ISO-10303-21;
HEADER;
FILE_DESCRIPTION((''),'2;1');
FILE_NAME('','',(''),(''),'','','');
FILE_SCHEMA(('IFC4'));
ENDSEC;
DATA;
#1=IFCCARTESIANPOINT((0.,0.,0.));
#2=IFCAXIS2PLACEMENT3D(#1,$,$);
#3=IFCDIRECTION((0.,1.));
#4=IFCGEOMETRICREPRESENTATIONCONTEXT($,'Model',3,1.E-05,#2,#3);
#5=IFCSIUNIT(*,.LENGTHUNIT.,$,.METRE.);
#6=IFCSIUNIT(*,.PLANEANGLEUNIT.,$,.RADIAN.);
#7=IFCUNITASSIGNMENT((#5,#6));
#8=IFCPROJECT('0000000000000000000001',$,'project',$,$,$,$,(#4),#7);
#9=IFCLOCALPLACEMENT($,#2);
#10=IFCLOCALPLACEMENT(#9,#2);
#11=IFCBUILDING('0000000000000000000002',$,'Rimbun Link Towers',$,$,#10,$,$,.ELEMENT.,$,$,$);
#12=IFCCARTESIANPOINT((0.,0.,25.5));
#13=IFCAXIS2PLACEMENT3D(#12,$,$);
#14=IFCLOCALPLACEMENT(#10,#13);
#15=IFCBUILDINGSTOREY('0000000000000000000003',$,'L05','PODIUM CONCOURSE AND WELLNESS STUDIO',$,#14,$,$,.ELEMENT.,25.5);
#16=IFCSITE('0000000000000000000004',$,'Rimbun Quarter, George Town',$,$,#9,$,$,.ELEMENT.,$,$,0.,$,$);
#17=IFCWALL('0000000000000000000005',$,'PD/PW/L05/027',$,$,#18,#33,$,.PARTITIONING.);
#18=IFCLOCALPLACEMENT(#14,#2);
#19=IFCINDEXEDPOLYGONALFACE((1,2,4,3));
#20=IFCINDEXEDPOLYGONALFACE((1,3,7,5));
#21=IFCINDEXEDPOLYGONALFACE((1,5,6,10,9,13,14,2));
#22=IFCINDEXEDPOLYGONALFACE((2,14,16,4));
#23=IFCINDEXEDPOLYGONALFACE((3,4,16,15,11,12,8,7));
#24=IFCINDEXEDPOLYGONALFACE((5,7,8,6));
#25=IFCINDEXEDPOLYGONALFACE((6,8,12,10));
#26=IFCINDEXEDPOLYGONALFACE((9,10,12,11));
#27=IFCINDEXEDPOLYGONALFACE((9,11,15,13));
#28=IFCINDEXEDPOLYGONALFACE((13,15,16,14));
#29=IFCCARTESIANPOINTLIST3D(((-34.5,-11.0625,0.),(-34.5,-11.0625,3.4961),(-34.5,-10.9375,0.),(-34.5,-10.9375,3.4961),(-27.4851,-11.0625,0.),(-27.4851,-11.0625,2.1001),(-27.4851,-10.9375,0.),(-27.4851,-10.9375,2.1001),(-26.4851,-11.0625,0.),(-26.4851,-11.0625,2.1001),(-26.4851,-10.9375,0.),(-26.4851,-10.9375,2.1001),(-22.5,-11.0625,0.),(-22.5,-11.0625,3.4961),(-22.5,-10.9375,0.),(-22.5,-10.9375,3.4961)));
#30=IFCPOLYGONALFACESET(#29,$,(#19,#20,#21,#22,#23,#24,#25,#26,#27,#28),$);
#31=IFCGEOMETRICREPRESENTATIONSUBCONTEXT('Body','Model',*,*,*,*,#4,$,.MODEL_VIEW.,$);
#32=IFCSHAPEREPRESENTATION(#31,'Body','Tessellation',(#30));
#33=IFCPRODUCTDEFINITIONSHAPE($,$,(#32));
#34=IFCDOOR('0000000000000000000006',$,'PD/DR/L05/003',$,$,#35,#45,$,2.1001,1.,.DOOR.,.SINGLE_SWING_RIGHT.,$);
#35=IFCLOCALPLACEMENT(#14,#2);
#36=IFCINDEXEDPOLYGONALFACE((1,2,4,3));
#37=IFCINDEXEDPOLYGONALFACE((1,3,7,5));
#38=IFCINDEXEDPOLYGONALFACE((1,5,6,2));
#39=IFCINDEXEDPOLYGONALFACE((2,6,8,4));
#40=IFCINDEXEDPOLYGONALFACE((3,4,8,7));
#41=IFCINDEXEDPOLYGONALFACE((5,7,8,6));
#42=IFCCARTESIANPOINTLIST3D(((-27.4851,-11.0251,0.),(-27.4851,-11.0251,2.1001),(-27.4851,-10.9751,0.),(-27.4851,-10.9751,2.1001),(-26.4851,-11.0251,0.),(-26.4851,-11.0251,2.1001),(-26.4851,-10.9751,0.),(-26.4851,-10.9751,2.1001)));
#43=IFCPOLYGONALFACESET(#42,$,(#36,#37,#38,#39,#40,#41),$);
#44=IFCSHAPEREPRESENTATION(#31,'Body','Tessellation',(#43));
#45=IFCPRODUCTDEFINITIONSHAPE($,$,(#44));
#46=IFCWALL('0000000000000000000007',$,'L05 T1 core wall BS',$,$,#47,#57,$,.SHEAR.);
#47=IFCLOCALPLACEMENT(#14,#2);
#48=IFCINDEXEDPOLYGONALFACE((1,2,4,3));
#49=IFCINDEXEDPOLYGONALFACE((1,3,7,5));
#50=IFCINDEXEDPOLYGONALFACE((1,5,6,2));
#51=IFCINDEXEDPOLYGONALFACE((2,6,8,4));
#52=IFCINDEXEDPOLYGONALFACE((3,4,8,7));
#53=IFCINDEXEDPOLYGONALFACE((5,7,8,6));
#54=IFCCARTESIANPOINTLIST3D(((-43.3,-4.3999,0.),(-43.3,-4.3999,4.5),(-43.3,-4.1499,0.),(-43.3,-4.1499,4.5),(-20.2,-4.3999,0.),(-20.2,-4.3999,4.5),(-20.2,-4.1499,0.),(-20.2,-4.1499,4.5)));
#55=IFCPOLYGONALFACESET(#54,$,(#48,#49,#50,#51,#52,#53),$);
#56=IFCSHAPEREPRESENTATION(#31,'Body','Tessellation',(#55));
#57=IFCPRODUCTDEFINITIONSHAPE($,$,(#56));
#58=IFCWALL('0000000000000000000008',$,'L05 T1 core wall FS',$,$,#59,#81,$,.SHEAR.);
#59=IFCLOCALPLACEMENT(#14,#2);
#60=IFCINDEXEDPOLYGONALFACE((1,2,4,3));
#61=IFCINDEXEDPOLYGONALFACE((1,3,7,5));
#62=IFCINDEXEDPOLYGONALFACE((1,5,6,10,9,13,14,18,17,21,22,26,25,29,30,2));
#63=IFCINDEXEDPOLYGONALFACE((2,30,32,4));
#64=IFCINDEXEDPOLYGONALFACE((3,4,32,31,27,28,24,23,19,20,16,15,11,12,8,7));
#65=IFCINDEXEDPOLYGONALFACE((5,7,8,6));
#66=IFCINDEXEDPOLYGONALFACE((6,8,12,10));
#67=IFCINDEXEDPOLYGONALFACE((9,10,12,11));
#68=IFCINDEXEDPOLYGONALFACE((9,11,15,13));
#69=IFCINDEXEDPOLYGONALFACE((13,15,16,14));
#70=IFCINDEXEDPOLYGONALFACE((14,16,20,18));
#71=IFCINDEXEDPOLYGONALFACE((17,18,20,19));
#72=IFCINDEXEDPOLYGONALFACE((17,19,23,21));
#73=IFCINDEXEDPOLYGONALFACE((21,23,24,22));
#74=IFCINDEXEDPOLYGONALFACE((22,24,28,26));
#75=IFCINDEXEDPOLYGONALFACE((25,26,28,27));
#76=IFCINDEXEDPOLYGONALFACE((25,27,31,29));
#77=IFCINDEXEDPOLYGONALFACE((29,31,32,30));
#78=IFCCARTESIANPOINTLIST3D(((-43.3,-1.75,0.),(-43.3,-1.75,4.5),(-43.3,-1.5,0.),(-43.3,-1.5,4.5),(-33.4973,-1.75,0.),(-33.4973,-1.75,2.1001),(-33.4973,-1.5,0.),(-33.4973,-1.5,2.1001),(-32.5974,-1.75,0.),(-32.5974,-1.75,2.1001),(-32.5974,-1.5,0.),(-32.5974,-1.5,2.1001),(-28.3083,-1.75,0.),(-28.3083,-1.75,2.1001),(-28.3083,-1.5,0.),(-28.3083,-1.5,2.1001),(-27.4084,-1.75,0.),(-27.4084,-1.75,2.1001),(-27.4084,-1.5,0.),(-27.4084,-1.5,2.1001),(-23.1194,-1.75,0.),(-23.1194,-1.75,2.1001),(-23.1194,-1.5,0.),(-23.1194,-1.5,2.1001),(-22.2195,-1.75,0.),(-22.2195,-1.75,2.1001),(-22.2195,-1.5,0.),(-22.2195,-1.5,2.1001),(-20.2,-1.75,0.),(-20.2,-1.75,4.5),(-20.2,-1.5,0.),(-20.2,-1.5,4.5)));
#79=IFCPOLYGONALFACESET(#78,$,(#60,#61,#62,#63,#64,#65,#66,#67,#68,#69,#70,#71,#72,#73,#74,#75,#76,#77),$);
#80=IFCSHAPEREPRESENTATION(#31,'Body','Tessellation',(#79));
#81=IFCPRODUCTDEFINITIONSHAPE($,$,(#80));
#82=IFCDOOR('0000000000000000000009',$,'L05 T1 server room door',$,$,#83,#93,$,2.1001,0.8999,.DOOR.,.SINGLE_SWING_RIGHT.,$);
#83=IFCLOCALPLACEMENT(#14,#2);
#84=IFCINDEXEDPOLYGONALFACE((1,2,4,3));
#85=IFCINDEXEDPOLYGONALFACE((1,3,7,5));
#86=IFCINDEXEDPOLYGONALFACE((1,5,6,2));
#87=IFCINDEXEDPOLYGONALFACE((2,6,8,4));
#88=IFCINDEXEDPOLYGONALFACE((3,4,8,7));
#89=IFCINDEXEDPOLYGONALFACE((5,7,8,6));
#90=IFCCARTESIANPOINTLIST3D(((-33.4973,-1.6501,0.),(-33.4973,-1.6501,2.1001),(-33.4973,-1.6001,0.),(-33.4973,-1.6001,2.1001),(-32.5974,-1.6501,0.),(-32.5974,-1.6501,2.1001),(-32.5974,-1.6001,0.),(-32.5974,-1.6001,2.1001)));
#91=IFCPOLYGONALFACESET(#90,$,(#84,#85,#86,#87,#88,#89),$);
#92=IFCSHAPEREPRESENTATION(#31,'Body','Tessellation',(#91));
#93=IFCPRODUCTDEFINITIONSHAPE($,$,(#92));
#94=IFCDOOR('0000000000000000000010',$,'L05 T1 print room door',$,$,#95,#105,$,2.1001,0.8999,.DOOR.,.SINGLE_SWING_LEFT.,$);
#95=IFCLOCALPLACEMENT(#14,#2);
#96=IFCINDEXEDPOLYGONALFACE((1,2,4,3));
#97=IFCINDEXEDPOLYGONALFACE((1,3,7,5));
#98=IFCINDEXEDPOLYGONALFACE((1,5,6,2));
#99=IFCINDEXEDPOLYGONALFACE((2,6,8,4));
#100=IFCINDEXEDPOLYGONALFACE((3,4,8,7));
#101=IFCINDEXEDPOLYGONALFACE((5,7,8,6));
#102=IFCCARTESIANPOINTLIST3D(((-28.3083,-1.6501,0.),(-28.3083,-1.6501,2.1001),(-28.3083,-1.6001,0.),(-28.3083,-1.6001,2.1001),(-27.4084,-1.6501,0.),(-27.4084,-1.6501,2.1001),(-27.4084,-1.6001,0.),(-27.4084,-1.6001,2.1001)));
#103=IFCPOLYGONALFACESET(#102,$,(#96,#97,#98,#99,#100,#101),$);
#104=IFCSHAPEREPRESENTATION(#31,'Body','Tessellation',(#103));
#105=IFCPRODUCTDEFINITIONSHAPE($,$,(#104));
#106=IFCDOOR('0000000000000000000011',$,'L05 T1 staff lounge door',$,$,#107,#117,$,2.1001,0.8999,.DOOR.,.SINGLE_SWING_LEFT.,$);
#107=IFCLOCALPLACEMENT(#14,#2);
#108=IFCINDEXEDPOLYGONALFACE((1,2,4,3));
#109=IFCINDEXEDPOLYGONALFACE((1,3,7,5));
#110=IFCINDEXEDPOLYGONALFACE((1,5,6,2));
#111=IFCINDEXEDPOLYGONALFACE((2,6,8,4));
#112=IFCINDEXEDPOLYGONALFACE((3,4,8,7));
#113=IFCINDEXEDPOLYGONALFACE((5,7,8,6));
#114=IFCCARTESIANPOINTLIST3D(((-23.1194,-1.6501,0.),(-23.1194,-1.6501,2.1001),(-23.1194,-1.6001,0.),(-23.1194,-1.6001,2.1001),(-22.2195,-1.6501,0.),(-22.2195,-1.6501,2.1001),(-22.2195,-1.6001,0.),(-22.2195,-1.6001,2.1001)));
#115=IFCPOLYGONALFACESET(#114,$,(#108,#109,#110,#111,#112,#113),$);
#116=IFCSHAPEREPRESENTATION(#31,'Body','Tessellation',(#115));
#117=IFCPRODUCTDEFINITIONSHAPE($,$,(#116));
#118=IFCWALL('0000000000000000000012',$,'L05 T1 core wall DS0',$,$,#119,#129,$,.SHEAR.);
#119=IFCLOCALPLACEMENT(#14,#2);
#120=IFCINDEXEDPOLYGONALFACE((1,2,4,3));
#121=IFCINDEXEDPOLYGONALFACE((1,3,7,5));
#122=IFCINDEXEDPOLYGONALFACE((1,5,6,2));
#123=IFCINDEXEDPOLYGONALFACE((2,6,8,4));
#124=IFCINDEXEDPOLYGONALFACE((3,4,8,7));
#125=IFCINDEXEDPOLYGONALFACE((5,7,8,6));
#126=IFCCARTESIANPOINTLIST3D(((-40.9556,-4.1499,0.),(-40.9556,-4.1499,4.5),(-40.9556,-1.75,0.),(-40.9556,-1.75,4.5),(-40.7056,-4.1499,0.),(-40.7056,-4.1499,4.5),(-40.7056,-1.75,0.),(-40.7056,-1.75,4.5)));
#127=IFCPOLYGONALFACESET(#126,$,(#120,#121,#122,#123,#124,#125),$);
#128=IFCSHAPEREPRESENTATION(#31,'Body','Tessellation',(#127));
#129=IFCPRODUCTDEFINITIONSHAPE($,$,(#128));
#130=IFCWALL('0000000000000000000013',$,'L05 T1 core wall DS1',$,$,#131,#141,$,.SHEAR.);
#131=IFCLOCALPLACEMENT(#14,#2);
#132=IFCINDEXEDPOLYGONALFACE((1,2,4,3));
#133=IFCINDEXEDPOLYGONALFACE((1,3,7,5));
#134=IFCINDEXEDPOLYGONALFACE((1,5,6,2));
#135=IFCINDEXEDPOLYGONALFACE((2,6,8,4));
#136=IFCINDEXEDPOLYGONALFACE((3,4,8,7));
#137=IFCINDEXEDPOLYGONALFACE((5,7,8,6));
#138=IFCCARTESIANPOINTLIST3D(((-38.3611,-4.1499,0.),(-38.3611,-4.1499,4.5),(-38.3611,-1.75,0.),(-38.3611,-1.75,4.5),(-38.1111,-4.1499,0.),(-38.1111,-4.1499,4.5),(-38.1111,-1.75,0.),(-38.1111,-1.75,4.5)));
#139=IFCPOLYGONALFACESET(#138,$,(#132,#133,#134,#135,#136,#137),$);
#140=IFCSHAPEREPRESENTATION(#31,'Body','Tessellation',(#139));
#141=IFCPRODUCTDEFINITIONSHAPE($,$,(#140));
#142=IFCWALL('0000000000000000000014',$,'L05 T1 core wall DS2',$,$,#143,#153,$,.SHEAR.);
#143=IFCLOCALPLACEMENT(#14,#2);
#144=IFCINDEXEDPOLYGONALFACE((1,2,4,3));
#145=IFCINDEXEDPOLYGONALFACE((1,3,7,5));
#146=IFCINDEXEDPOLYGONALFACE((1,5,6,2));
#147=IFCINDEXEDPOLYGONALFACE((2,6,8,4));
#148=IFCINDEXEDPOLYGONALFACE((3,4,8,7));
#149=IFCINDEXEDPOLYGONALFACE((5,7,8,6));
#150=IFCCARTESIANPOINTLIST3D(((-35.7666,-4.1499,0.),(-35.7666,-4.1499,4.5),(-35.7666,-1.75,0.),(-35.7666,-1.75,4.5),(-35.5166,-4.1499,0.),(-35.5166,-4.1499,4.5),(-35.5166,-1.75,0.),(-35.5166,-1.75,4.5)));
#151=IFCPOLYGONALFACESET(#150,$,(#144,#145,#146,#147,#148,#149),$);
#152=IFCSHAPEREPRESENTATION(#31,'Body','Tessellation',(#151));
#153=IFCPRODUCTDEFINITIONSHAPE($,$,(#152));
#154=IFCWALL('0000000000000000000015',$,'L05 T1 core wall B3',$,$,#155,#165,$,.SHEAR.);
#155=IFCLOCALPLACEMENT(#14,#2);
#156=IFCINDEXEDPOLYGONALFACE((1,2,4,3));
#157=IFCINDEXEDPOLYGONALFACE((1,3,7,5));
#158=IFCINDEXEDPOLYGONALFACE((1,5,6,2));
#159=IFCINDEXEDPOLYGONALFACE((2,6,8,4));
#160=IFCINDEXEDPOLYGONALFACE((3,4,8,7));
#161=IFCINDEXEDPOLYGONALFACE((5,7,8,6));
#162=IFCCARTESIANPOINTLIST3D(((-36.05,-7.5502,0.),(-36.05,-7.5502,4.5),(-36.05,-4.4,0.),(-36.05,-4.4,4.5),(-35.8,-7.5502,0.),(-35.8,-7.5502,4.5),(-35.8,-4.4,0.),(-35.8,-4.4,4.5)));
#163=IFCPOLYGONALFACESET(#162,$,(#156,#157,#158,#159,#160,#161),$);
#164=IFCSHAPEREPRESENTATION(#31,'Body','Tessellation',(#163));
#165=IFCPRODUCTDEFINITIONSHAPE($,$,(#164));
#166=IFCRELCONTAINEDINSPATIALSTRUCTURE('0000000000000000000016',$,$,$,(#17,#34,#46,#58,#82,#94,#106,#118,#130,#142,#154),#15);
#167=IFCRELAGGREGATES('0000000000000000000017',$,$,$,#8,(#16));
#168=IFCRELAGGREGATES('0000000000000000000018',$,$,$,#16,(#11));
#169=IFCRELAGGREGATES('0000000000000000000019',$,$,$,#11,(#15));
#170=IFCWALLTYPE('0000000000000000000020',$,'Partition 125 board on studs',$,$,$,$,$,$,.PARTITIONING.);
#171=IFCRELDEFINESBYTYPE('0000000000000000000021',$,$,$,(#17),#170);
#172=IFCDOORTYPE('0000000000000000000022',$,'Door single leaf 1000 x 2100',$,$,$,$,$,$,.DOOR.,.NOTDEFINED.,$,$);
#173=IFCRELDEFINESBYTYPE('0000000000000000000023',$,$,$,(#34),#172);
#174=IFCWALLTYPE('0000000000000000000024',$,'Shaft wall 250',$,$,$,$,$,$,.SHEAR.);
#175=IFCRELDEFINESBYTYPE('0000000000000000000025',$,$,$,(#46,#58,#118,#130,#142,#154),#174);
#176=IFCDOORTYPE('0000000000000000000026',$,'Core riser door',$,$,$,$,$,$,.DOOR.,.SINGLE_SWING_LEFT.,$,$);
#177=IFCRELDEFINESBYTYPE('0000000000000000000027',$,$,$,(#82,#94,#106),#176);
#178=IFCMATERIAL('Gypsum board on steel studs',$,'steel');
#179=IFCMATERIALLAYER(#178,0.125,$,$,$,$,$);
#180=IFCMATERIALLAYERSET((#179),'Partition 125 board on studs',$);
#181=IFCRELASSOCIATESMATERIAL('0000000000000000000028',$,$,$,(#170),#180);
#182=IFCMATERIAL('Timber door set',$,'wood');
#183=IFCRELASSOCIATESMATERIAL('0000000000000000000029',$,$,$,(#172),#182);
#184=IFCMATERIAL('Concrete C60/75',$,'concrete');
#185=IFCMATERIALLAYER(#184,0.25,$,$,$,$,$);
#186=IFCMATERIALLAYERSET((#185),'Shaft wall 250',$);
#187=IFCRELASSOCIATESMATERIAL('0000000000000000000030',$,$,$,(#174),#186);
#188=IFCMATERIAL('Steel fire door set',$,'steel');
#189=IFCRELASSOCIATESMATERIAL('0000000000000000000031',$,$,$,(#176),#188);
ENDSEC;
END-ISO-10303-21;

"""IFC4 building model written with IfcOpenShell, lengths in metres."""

from ifc_helpers import new_model, si_unit, direction, frame, frame_2d, origin, place, context, subcontext, project, spatial, rectangle, extrude, material, layer, layer_set, type_object, element, fill, save


model = new_model("IFC4")

# Units and contexts
model_context = context("Model", 3, precision=1e-05, world=origin(), true_north=direction((0.0, 1.0)))
body_context = subcontext(model_context, "Body", "Model", "MODEL_VIEW")
ifc_project = project(units=[si_unit("LENGTHUNIT", "METRE"), si_unit("PLANEANGLEUNIT", "RADIAN")], contexts=[model_context])

# Site, building, storey
site_placement = place(None, origin())
site = spatial("IfcSite", under=ifc_project, at=site_placement, Name="Rimbun Quarter, George Town", CompositionType="ELEMENT", RefElevation=0.0)
building_placement = place(site_placement, origin())
building = spatial("IfcBuilding", under=site, at=building_placement, Name="Rimbun Link Towers", CompositionType="ELEMENT")
storey_placement = place(building_placement, frame((0.0, 0.0, 25.5)))
storey = spatial("IfcBuildingStorey", under=building, at=storey_placement, Name="L05", Description="PODIUM CONCOURSE AND WELLNESS STUDIO", CompositionType="ELEMENT", Elevation=25.5)

# Wall, opening, door
ifc_material_1 = material(Name="Gypsum board on steel studs", Category="steel")
ifc_layer_1 = layer(ifc_material_1, 0.125)
ifc_layer_set_1 = layer_set([ifc_layer_1], Name="Partition 125 board on studs")
wall_type_1 = type_object("IfcWallType", Name="Partition 125 board on studs", PredefinedType="PARTITIONING", material=ifc_layer_set_1)
ifc_material_2 = material(Name="Timber door set", Category="wood")
door_type_1 = type_object("IfcDoorType", Name="Door single leaf 1000 x 2100", OperationType="NOTDEFINED", PredefinedType="DOOR", material=ifc_material_2)
wall_1_placement = place(storey_placement, frame((-34.5, -11.0, 0.0), z_axis=(0.0, 0.0, 1.0), x_axis=(1.0, 0.0, 0.0)))
wall_1 = element("IfcWall", 1, at=wall_1_placement, inside=storey, type_object=wall_type_1, Name="PD/PW/L05/027", PredefinedType="PARTITIONING", context=body_context, shape_type="SweptSolid", body=[
    extrude(rectangle(XDim=12.0, YDim=0.125, at=frame_2d((6.0, 0.0))), origin(), (0.0, 0.0, 1.0), 3.4961),
])
opening_1_placement = place(wall_1_placement, frame((7.0149, 0.0, 0.0)))
opening_1 = element("IfcOpeningElement", 2, at=opening_1_placement, cuts=wall_1, PredefinedType="OPENING", context=body_context, shape_type="SweptSolid", body=[
    extrude(rectangle(XDim=1.0, YDim=2.1001, at=frame_2d((0.5, 1.05))), frame((0.0, 0.0725, 0.0), z_axis=(0.0, -1.0, 0.0), x_axis=(1.0, 0.0, 0.0)), (0.0, 0.0, 1.0), 0.145),
])
door_1_placement = place(opening_1_placement, origin())
door_1 = element("IfcDoor", 3, at=door_1_placement, inside=storey, type_object=door_type_1, Name="PD/DR/L05/003", OperationType="SINGLE_SWING_RIGHT", OverallHeight=2.1001, OverallWidth=1.0, PredefinedType="DOOR", context=body_context, shape_type="SweptSolid", body=[
    extrude(rectangle(XDim=1.0, YDim=2.1001, at=frame_2d((0.5, 1.05))), frame((0.0, 0.0249, 0.0), z_axis=(0.0, -1.0, 0.0), x_axis=(1.0, 0.0, 0.0)), (0.0, 0.0, 1.0), 0.05),
])
fill(opening_1, door_1)

# Wall
ifc_material_3 = material(Name="Concrete C60/75", Category="concrete")
ifc_layer_2 = layer(ifc_material_3, 0.25)
ifc_layer_set_2 = layer_set([ifc_layer_2], Name="Shaft wall 250")
wall_type_2 = type_object("IfcWallType", Name="Shaft wall 250", PredefinedType="SHEAR", material=ifc_layer_set_2)
wall_2_placement = place(storey_placement, frame((-43.3, -4.2749, 0.0), z_axis=(0.0, 0.0, 1.0), x_axis=(1.0, 0.0, 0.0)))
element("IfcWall", 4, at=wall_2_placement, inside=storey, type_object=wall_type_2, Name="L05 T1 core wall BS", PredefinedType="SHEAR", context=body_context, shape_type="SweptSolid", body=[
    extrude(rectangle(XDim=23.1001, YDim=0.25, at=frame_2d((11.55, 0.0))), origin(), (0.0, 0.0, 1.0), 4.5),
])

# Wall, openings, doors
wall_3_placement = place(storey_placement, frame((-43.3, -1.625, 0.0), z_axis=(0.0, 0.0, 1.0), x_axis=(1.0, 0.0, 0.0)))
wall_3 = element("IfcWall", 5, at=wall_3_placement, inside=storey, type_object=wall_type_2, Name="L05 T1 core wall FS", PredefinedType="SHEAR", context=body_context, shape_type="SweptSolid", body=[
    extrude(rectangle(XDim=23.1001, YDim=0.25, at=frame_2d((11.55, 0.0))), origin(), (0.0, 0.0, 1.0), 4.5),
])
opening_2_placement = place(wall_3_placement, frame((9.8027, 0.0, 0.0)))
opening_2 = element("IfcOpeningElement", 6, at=opening_2_placement, cuts=wall_3, PredefinedType="OPENING", context=body_context, shape_type="SweptSolid", body=[
    extrude(rectangle(XDim=0.8999, YDim=2.1001, at=frame_2d((0.45, 1.05))), frame((0.0, 0.135, 0.0), z_axis=(0.0, -1.0, 0.0), x_axis=(1.0, 0.0, 0.0)), (0.0, 0.0, 1.0), 0.27),
])
opening_3_placement = place(wall_3_placement, frame((14.9917, 0.0, 0.0)))
opening_3 = element("IfcOpeningElement", 7, at=opening_3_placement, cuts=wall_3, PredefinedType="OPENING", context=body_context, shape_type="SweptSolid", body=[
    extrude(rectangle(XDim=0.8999, YDim=2.1001, at=frame_2d((0.45, 1.05))), frame((0.0, 0.135, 0.0), z_axis=(0.0, -1.0, 0.0), x_axis=(1.0, 0.0, 0.0)), (0.0, 0.0, 1.0), 0.27),
])
opening_4_placement = place(wall_3_placement, frame((20.1807, 0.0, 0.0)))
opening_4 = element("IfcOpeningElement", 8, at=opening_4_placement, cuts=wall_3, PredefinedType="OPENING", context=body_context, shape_type="SweptSolid", body=[
    extrude(rectangle(XDim=0.8999, YDim=2.1001, at=frame_2d((0.45, 1.05))), frame((0.0, 0.135, 0.0), z_axis=(0.0, -1.0, 0.0), x_axis=(1.0, 0.0, 0.0)), (0.0, 0.0, 1.0), 0.27),
])
ifc_material_4 = material(Name="Steel fire door set", Category="steel")
door_type_2 = type_object("IfcDoorType", Name="Core riser door", OperationType="SINGLE_SWING_LEFT", PredefinedType="DOOR", material=ifc_material_4)
door_2_placement = place(opening_2_placement, origin())
door_2 = element("IfcDoor", 9, at=door_2_placement, inside=storey, type_object=door_type_2, Name="L05 T1 server room door", OperationType="SINGLE_SWING_RIGHT", OverallHeight=2.1001, OverallWidth=0.8999, PredefinedType="DOOR", context=body_context, shape_type="SweptSolid", body=[
    extrude(rectangle(XDim=0.8999, YDim=2.1001, at=frame_2d((0.45, 1.05))), frame((0.0, 0.0249, 0.0), z_axis=(0.0, -1.0, 0.0), x_axis=(1.0, 0.0, 0.0)), (0.0, 0.0, 1.0), 0.05),
])
fill(opening_2, door_2)
door_3_placement = place(opening_3_placement, origin())
door_3 = element("IfcDoor", 10, at=door_3_placement, inside=storey, type_object=door_type_2, Name="L05 T1 print room door", OperationType="SINGLE_SWING_LEFT", OverallHeight=2.1001, OverallWidth=0.8999, PredefinedType="DOOR", context=body_context, shape_type="SweptSolid", body=[
    extrude(rectangle(XDim=0.8999, YDim=2.1001, at=frame_2d((0.45, 1.05))), frame((0.0, 0.0249, 0.0), z_axis=(0.0, -1.0, 0.0), x_axis=(1.0, 0.0, 0.0)), (0.0, 0.0, 1.0), 0.05),
])
fill(opening_3, door_3)
door_4_placement = place(opening_4_placement, origin())
door_4 = element("IfcDoor", 11, at=door_4_placement, inside=storey, type_object=door_type_2, Name="L05 T1 staff lounge door", OperationType="SINGLE_SWING_LEFT", OverallHeight=2.1001, OverallWidth=0.8999, PredefinedType="DOOR", context=body_context, shape_type="SweptSolid", body=[
    extrude(rectangle(XDim=0.8999, YDim=2.1001, at=frame_2d((0.45, 1.05))), frame((0.0, 0.0249, 0.0), z_axis=(0.0, -1.0, 0.0), x_axis=(1.0, 0.0, 0.0)), (0.0, 0.0, 1.0), 0.05),
])
fill(opening_4, door_4)

# Walls
for number, where, z_axis, x_axis, name in (
    (12, (-40.8306, -4.1499, 0.0), (0.0, 0.0, 1.0), (0.0, 1.0, 0.0), "L05 T1 core wall DS0"),
    (13, (-38.2361, -4.1499, 0.0), (0.0, 0.0, 1.0), (0.0, 1.0, 0.0), "L05 T1 core wall DS1"),
    (14, (-35.6416, -4.1499, 0.0), (0.0, 0.0, 1.0), (0.0, 1.0, 0.0), "L05 T1 core wall DS2"),
):
    element("IfcWall", number, at=place(storey_placement, frame(where, z_axis=z_axis, x_axis=x_axis)), inside=storey, type_object=wall_type_2, Name=name, PredefinedType="SHEAR", context=body_context, shape_type="SweptSolid", body=[
        extrude(rectangle(XDim=2.3999, YDim=0.25, at=frame_2d((1.2, 0.0))), origin(), (0.0, 0.0, 1.0), 4.5),
    ])
wall_4_placement = place(storey_placement, frame((-35.925, -4.3999, 0.0), z_axis=(0.0, 0.0, 1.0), x_axis=(0.0, -1.0, 0.0)))
element("IfcWall", 15, at=wall_4_placement, inside=storey, type_object=wall_type_2, Name="L05 T1 core wall B3", PredefinedType="SHEAR", context=body_context, shape_type="SweptSolid", body=[
    extrude(rectangle(XDim=3.1501, YDim=0.25, at=frame_2d((1.5752, 0.0))), origin(), (0.0, 0.0, 1.0), 4.5),
])

save(model, "model.ifc")
